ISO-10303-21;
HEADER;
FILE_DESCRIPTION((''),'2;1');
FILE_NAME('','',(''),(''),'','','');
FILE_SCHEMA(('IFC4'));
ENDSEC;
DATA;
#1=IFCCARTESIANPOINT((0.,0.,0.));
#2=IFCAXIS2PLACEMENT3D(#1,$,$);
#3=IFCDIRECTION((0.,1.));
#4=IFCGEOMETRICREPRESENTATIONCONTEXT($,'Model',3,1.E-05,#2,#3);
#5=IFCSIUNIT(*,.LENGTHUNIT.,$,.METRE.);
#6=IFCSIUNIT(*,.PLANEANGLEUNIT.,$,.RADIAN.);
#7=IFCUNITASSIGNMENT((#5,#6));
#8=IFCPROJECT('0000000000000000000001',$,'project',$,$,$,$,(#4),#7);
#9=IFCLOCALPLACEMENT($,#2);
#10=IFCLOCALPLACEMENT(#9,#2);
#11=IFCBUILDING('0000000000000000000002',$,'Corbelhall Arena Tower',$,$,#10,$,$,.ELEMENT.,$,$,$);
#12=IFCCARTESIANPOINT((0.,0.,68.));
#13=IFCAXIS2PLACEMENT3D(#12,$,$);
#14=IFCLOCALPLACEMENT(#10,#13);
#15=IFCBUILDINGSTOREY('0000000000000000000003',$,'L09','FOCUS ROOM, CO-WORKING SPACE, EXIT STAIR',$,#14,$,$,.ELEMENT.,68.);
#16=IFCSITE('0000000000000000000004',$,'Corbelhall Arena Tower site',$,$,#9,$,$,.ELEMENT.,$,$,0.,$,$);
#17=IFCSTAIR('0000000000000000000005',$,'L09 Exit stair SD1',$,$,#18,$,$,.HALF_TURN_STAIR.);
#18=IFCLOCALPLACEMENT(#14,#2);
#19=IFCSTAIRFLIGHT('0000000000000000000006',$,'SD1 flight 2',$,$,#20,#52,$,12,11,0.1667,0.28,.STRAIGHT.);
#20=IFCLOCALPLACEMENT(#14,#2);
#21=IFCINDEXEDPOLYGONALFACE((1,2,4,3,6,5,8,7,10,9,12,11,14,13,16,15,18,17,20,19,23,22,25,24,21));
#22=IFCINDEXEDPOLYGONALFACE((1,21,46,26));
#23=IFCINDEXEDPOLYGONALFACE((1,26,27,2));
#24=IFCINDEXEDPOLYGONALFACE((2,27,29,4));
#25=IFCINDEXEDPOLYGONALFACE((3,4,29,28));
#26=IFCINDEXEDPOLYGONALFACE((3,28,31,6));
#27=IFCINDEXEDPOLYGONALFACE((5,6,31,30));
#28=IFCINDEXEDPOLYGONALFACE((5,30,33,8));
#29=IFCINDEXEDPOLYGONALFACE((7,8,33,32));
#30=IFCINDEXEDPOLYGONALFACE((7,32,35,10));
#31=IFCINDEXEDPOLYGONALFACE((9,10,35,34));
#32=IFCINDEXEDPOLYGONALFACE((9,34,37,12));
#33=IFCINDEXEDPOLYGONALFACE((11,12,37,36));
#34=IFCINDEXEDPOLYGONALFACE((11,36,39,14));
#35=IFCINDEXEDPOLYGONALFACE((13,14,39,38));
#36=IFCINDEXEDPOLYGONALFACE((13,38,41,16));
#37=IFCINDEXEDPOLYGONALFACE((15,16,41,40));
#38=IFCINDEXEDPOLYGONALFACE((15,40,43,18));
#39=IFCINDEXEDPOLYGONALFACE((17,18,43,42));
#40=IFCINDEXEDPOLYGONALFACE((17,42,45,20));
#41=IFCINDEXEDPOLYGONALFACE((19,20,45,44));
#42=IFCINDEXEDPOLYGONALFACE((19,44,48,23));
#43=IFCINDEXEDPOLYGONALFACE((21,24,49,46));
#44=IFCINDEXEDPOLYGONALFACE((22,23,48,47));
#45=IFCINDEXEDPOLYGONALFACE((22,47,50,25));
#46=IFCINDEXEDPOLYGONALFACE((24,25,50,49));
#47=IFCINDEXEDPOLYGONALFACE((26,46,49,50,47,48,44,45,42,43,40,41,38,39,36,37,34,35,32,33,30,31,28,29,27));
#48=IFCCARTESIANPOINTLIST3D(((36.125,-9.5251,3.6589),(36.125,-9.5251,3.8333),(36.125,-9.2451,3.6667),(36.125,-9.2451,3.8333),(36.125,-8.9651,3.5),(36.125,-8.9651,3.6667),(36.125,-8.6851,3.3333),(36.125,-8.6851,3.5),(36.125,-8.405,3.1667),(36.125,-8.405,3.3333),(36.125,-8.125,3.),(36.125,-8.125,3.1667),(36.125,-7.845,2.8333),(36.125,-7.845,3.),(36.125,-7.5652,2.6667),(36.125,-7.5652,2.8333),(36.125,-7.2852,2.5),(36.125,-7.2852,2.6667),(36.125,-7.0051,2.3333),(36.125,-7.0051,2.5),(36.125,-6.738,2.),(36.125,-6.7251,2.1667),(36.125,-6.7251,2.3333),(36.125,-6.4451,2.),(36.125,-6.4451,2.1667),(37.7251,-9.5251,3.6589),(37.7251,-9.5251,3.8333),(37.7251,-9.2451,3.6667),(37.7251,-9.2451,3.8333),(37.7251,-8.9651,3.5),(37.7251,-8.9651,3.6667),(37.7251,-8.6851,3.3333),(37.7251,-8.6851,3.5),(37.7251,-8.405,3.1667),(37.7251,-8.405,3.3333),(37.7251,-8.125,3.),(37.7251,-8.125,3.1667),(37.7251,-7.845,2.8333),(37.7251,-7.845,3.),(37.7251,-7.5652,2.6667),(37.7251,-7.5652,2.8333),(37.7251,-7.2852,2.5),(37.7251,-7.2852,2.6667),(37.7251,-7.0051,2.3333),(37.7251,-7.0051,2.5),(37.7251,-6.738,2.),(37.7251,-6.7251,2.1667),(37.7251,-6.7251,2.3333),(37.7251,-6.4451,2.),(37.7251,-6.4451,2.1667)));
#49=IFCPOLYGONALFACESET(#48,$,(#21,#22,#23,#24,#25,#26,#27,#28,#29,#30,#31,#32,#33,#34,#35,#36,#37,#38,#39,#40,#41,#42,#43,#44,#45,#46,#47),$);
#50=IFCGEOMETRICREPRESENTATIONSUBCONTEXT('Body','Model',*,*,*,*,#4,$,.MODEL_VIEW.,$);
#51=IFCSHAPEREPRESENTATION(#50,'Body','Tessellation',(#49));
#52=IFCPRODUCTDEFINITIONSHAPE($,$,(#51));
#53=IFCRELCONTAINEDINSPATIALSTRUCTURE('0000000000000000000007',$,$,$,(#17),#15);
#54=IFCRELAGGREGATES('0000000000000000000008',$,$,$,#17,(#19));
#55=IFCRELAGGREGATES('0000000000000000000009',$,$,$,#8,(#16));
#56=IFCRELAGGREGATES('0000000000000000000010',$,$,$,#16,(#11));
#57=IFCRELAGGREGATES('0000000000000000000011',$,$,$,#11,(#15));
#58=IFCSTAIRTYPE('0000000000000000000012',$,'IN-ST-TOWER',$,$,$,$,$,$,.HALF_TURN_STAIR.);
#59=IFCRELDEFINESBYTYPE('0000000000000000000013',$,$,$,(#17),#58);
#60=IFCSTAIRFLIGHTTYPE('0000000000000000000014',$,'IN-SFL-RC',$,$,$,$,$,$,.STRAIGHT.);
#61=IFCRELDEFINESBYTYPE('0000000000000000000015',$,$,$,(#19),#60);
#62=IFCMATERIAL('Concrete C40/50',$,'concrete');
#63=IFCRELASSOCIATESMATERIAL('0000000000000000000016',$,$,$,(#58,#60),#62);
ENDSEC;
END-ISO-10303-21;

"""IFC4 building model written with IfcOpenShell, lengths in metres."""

from ifc_helpers import new_model, si_unit, direction, frame, origin, place, context, subcontext, project, spatial, polyline, outline, extrude, material, type_object, element, aggregate, save


model = new_model("IFC4")

# Units and contexts
model_context = context("Model", 3, precision=1e-05, world=origin(), true_north=direction((0.0, 1.0)))
body_context = subcontext(model_context, "Body", "Model", "MODEL_VIEW")
ifc_project = project(units=[si_unit("LENGTHUNIT", "METRE"), si_unit("PLANEANGLEUNIT", "RADIAN")], contexts=[model_context])

# Site, building, storey
site_placement = place(None, origin())
site = spatial("IfcSite", under=ifc_project, at=site_placement, Name="Corbelhall Arena Tower site", CompositionType="ELEMENT", RefElevation=0.0)
building_placement = place(site_placement, origin())
building = spatial("IfcBuilding", under=site, at=building_placement, Name="Corbelhall Arena Tower", CompositionType="ELEMENT")
storey_placement = place(building_placement, frame((0.0, 0.0, 68.0)))
storey = spatial("IfcBuildingStorey", under=building, at=storey_placement, Name="L09", Description="FOCUS ROOM, CO-WORKING SPACE, EXIT STAIR", CompositionType="ELEMENT", Elevation=68.0)

# Shared definitions
ifc_material_1 = material(Name="Concrete C40/50", Category="concrete")

# Stair, stair flight
stair_type = type_object("IfcStairType", Name="IN-ST-TOWER", PredefinedType="HALF_TURN_STAIR", material=ifc_material_1)
stair_placement = place(storey_placement, origin())
stair = element("IfcStair", 1, at=stair_placement, inside=storey, type_object=stair_type, Name="L09 Exit stair SD1", PredefinedType="HALF_TURN_STAIR")
stair_flight_type = type_object("IfcStairFlightType", Name="IN-SFL-RC", PredefinedType="STRAIGHT", material=ifc_material_1)
stair_flight_1_placement = place(storey_placement, frame((36.925, -6.4451, 2.0), z_axis=(0.0, 0.0, 1.0), x_axis=(0.0, -1.0, 0.0)))
stair_flight_1 = element("IfcStairFlight", 2, at=stair_flight_1_placement, type_object=stair_flight_type, Name="SD1 flight 2", NumberOfRisers=12, NumberOfTreads=11, PredefinedType="STRAIGHT", RiserHeight=0.1667, TreadLength=0.28, context=body_context, shape_type="SweptSolid", body=[
    extrude(outline(polyline([(0.0, 0.0), (0.0, 0.1667), (0.28, 0.1667), (0.28, 0.3333), (0.5601, 0.3333), (0.5601, 0.5), (0.8401, 0.5), (0.8401, 0.6667), (1.1201, 0.6667), (1.1201, 0.8333), (1.3999, 0.8333), (1.3999, 1.0), (1.6799, 1.0), (1.6799, 1.1667), (1.96, 1.1667), (1.96, 1.3333), (2.24, 1.3333), (2.24, 1.5), (2.52, 1.5), (2.52, 1.6667), (2.8, 1.6667), (2.8, 1.8333), (3.0801, 1.8333), (3.0801, 2.0), (3.0801, 1.6589), (0.293, 0.0), (0.0, 0.0)])), frame((0.0, 0.8, 0.0), z_axis=(0.0, -1.0, 0.0), x_axis=(1.0, 0.0, 0.0)), (0.0, 0.0, 1.0), 1.6001),
])
aggregate(stair, [stair_flight_1])

save(model, "model.ifc")
